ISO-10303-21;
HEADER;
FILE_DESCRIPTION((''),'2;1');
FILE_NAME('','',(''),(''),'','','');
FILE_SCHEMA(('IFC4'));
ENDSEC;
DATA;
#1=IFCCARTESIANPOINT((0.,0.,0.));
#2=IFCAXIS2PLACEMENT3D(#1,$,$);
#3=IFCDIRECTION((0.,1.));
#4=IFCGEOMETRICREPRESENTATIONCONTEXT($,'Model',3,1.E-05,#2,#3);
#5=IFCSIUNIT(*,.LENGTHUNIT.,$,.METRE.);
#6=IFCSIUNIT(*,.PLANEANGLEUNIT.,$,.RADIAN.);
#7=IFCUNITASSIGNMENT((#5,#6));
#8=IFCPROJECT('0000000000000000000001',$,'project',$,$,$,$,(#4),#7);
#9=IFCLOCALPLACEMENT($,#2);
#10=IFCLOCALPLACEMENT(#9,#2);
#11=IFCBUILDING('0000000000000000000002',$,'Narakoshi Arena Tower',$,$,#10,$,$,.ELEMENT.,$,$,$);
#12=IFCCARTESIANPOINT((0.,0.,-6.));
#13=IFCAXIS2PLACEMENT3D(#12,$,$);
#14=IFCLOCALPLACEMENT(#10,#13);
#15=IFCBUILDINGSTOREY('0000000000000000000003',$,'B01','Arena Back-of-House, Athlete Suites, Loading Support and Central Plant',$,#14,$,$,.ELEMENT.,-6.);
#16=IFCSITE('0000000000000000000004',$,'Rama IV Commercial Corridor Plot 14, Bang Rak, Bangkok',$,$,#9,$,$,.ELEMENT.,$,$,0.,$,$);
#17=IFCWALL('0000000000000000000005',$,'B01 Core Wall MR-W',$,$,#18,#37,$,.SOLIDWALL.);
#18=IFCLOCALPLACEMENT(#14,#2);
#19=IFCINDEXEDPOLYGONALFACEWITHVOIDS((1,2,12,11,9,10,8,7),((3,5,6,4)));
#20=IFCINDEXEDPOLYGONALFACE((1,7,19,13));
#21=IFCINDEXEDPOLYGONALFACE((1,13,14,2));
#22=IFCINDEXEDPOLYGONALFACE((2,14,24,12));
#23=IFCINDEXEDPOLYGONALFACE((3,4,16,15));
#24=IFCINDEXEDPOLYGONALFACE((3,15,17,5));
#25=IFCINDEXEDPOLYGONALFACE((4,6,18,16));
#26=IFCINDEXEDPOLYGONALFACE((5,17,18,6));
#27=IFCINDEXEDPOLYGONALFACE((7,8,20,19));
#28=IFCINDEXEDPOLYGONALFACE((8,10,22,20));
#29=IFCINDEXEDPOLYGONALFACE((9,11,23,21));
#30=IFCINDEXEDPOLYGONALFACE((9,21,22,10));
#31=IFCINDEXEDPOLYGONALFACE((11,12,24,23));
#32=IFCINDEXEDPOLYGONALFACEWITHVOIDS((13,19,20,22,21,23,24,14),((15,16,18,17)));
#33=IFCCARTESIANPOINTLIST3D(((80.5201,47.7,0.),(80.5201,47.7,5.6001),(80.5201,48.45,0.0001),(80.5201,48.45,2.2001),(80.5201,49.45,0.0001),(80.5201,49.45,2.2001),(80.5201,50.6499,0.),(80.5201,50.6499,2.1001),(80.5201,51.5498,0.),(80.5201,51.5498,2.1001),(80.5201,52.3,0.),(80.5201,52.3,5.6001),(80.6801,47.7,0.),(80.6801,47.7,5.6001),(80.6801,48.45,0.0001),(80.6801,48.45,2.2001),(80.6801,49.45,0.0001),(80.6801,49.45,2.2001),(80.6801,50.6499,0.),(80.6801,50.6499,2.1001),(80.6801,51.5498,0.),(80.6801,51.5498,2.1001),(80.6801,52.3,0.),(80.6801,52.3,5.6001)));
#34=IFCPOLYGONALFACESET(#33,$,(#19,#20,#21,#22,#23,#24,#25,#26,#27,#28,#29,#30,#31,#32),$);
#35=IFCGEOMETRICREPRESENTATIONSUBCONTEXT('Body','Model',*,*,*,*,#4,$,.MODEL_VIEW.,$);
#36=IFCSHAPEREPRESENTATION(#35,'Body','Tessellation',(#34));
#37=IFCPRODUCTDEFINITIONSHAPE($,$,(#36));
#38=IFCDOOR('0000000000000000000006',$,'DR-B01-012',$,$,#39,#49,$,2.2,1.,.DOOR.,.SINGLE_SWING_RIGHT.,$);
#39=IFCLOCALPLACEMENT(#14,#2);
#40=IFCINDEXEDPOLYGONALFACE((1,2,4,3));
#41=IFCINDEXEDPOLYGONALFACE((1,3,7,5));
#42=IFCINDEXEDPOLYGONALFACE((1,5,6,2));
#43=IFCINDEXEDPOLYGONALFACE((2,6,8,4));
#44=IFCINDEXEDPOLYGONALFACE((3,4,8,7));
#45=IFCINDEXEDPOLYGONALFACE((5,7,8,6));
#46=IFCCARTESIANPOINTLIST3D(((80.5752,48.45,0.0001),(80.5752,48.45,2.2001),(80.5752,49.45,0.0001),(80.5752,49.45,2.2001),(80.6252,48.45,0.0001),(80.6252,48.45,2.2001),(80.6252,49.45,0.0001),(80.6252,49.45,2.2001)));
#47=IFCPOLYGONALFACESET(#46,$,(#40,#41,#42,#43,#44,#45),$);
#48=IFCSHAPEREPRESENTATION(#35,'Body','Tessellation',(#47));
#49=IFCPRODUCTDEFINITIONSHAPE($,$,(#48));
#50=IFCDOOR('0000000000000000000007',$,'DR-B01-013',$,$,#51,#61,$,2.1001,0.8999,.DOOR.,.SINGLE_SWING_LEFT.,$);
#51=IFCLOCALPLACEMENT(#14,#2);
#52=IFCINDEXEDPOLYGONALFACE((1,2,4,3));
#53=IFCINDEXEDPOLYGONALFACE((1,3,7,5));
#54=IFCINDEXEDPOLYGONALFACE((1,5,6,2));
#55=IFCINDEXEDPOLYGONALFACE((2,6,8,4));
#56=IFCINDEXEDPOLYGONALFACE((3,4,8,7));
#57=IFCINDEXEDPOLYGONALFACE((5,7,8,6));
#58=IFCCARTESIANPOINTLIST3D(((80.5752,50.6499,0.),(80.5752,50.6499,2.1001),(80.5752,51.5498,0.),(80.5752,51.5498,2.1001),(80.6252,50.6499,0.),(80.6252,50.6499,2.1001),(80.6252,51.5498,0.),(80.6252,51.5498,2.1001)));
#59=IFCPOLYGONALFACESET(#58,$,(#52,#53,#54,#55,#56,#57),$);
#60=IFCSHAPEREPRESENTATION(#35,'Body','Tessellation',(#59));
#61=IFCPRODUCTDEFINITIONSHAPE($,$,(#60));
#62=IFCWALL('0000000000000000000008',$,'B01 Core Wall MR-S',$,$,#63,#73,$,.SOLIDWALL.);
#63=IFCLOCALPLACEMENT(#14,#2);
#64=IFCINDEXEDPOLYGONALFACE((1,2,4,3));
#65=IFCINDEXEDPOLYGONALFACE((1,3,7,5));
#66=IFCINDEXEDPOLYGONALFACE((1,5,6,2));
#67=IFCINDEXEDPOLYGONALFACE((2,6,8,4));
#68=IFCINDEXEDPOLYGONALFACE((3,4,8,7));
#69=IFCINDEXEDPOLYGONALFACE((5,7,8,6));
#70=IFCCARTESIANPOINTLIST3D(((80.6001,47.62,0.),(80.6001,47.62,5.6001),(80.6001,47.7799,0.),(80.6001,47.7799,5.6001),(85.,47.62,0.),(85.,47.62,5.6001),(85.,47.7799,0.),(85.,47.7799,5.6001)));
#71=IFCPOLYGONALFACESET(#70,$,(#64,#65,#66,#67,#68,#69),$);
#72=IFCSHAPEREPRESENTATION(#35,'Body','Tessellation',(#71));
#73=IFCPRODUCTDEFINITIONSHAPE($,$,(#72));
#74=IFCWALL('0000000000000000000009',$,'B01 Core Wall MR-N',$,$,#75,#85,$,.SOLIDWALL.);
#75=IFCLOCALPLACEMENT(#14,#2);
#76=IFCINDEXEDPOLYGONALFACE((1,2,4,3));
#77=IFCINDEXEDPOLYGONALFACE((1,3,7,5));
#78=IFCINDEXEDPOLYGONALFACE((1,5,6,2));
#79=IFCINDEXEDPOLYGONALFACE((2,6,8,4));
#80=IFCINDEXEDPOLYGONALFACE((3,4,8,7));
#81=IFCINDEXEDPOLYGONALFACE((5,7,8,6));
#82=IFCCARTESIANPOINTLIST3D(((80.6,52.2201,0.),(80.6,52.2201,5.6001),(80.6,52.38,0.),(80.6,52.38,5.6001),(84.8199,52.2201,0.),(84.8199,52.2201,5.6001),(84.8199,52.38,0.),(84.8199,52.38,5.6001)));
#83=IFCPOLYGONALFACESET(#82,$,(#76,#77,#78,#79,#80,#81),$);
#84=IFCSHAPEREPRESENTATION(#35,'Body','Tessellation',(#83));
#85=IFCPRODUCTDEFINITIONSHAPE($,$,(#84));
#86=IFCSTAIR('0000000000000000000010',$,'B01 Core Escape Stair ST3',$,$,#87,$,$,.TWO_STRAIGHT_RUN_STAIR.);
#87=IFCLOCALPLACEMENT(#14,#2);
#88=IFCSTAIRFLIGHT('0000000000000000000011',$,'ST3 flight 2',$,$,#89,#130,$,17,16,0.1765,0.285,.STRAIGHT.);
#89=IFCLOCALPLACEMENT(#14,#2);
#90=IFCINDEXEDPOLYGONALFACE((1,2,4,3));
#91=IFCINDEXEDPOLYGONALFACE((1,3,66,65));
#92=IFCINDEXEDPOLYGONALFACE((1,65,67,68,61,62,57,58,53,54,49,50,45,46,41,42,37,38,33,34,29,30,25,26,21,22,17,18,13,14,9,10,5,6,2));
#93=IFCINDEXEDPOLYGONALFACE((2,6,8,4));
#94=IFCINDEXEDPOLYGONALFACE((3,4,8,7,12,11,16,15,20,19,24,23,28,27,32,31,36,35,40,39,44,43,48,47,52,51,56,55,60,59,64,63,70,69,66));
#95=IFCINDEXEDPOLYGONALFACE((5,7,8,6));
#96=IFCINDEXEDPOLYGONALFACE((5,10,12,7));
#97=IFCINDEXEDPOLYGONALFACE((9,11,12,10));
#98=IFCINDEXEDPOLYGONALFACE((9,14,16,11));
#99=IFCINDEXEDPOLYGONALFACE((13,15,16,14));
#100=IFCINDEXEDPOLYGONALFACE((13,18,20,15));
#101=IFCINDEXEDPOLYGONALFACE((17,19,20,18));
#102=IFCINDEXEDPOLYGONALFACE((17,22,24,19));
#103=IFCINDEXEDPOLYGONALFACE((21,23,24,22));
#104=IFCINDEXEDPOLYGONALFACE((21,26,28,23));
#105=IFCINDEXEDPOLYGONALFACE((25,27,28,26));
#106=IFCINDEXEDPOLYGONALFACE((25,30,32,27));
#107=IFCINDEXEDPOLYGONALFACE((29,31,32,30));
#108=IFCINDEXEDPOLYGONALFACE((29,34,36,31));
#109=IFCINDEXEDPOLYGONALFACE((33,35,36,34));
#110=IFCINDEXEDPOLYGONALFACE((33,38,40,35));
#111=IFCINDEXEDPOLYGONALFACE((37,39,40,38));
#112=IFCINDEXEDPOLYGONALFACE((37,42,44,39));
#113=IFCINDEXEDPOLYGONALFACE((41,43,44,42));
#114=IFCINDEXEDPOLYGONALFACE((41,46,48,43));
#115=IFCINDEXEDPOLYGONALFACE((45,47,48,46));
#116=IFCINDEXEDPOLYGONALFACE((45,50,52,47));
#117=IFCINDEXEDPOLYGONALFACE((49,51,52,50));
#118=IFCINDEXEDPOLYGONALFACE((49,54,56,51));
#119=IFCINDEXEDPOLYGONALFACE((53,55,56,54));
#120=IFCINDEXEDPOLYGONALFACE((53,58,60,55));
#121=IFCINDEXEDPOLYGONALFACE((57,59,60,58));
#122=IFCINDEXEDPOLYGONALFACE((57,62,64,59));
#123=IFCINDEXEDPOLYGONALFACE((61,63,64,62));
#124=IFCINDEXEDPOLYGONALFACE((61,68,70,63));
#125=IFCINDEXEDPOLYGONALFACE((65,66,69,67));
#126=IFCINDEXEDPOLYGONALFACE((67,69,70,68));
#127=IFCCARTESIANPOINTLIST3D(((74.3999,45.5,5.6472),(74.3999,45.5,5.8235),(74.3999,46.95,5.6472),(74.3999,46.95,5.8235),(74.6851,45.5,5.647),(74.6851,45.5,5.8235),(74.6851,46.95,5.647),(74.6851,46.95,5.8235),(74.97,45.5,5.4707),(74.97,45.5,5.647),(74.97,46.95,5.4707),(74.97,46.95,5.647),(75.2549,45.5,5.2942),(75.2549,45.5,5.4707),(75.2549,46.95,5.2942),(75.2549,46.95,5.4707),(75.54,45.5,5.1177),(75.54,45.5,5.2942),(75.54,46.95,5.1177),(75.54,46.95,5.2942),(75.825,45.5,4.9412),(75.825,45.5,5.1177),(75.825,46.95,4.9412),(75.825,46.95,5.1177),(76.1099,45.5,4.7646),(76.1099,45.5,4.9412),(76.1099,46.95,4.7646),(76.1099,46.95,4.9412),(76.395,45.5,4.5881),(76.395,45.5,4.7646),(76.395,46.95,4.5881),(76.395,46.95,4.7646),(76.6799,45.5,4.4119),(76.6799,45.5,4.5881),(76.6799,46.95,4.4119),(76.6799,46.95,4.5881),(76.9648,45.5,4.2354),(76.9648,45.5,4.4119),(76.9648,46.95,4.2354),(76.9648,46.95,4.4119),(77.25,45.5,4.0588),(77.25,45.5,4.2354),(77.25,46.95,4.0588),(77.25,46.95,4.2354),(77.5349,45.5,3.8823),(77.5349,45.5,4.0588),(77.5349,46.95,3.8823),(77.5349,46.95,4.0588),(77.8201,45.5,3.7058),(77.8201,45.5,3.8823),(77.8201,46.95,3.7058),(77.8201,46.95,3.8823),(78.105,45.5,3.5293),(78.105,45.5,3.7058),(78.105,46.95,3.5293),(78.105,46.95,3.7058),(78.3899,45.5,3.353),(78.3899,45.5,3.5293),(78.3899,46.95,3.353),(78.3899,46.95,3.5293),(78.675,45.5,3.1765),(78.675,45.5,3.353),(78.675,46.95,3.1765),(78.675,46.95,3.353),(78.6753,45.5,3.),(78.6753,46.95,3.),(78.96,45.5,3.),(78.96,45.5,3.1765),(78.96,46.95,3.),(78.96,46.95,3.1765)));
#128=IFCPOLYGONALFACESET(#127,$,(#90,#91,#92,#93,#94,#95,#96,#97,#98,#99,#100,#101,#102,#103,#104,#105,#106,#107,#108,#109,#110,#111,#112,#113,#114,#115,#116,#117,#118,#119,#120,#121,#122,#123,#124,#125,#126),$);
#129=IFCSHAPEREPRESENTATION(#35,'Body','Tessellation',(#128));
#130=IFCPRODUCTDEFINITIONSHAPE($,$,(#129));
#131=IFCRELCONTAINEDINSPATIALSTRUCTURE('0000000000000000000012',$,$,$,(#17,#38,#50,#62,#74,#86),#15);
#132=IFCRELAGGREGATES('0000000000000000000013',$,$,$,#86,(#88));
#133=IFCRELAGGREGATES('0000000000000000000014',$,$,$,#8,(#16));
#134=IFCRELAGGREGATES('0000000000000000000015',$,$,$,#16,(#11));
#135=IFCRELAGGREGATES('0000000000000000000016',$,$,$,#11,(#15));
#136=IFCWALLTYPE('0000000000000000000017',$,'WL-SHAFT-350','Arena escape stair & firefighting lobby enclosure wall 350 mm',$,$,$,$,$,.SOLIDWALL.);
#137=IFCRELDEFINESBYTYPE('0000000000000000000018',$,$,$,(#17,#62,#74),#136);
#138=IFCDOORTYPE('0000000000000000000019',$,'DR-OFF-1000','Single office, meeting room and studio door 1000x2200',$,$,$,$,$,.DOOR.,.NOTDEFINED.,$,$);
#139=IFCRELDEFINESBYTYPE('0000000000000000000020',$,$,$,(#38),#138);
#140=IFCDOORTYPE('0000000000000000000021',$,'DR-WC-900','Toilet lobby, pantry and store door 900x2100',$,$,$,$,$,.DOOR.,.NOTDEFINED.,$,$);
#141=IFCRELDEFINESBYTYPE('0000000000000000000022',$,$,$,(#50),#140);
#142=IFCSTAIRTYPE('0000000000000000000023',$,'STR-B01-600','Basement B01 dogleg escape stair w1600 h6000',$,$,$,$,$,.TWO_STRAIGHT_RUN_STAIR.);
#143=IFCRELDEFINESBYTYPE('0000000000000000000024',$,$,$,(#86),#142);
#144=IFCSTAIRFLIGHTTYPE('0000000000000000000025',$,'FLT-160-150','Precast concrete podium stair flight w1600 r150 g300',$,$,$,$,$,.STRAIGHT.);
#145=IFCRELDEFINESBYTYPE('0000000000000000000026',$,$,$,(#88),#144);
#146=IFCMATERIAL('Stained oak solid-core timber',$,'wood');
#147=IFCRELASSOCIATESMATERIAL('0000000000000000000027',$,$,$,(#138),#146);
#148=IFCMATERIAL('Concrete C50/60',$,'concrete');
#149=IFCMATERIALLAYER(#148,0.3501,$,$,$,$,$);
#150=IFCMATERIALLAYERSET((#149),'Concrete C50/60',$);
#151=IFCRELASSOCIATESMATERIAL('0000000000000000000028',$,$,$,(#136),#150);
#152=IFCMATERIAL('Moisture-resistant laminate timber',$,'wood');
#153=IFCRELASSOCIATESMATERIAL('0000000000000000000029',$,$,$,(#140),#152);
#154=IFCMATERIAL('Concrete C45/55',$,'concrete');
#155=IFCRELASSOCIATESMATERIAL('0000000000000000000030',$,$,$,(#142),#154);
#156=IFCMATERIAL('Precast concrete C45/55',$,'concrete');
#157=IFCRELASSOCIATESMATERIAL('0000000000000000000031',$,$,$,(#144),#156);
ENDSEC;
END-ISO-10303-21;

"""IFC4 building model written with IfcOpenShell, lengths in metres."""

from ifc_helpers import new_model, si_unit, direction, frame, frame_2d, origin, place, context, subcontext, project, spatial, polyline, rectangle, outline, extrude, material, layer, layer_set, type_object, element, fill, aggregate, save


model = new_model("IFC4")

# Units and contexts
model_context = context("Model", 3, precision=1e-05, world=origin(), true_north=direction((0.0, 1.0)))
body_context = subcontext(model_context, "Body", "Model", "MODEL_VIEW")
ifc_project = project(units=[si_unit("LENGTHUNIT", "METRE"), si_unit("PLANEANGLEUNIT", "RADIAN")], contexts=[model_context])

# Site, building, storey
site_placement = place(None, origin())
site = spatial("IfcSite", under=ifc_project, at=site_placement, Name="Rama IV Commercial Corridor Plot 14, Bang Rak, Bangkok", CompositionType="ELEMENT", RefElevation=0.0)
building_placement = place(site_placement, origin())
building = spatial("IfcBuilding", under=site, at=building_placement, Name="Narakoshi Arena Tower", CompositionType="ELEMENT")
storey_placement = place(building_placement, frame((0.0, 0.0, -6.0)))
storey = spatial("IfcBuildingStorey", under=building, at=storey_placement, Name="B01", Description="Arena Back-of-House, Athlete Suites, Loading Support and Central Plant", CompositionType="ELEMENT", Elevation=-6.0)

# Shared definitions
ifc_material_1 = material(Name="Concrete C45/55", Category="concrete")

# Shared definitions
ifc_material_2 = material(Name="Stained oak solid-core timber", Category="wood")
door_type_1 = type_object("IfcDoorType", Name="DR-OFF-1000", Description="Single office, meeting room and studio door 1000x2200", OperationType="NOTDEFINED", PredefinedType="DOOR", material=ifc_material_2)

# Shared definitions
ifc_material_3 = material(Name="Concrete C50/60", Category="concrete")
ifc_layer_1 = layer(ifc_material_3, 0.3501)
ifc_layer_set_1 = layer_set([ifc_layer_1], Name="Concrete C50/60")
wall_type_1 = type_object("IfcWallType", Name="WL-SHAFT-350", Description="Arena escape stair & firefighting lobby enclosure wall 350 mm", PredefinedType="SOLIDWALL", material=ifc_layer_set_1)

# Wall, openings, doors
ifc_material_4 = material(Name="Moisture-resistant laminate timber", Category="wood")
door_type_2 = type_object("IfcDoorType", Name="DR-WC-900", Description="Toilet lobby, pantry and store door 900x2100", OperationType="NOTDEFINED", PredefinedType="DOOR", material=ifc_material_4)
wall_1_placement = place(storey_placement, frame((80.6001, 47.7, 0.0), z_axis=(0.0, 0.0, 1.0), x_axis=(0.0, 1.0, 0.0)))
wall_1 = element("IfcWall", 1, at=wall_1_placement, inside=storey, type_object=wall_type_1, Name="B01 Core Wall MR-W", PredefinedType="SOLIDWALL", context=body_context, shape_type="SweptSolid", body=[
    extrude(rectangle(XDim=4.6001, YDim=0.1599, at=frame_2d((2.3, 0.0))), origin(), (0.0, 0.0, 1.0), 5.6001),
])
opening_1_placement = place(wall_1_placement, frame((0.75, 0.0, 0.0)))
opening_1 = element("IfcOpeningElement", 2, at=opening_1_placement, cuts=wall_1, PredefinedType="OPENING", context=body_context, shape_type="SweptSolid", body=[
    extrude(rectangle(XDim=1.0, YDim=2.2, at=frame_2d((0.5, 1.1001))), frame((0.0, 0.0898, 0.0), z_axis=(0.0, -1.0, 0.0), x_axis=(1.0, 0.0, 0.0)), (0.0, 0.0, 1.0), 0.1799),
])
opening_2_placement = place(wall_1_placement, frame((2.95, 0.0, 0.0)))
opening_2 = element("IfcOpeningElement", 3, at=opening_2_placement, cuts=wall_1, PredefinedType="OPENING", context=body_context, shape_type="SweptSolid", body=[
    extrude(rectangle(XDim=0.8999, YDim=2.1001, at=frame_2d((0.45, 1.05))), frame((0.0, 0.0898, 0.0), z_axis=(0.0, -1.0, 0.0), x_axis=(1.0, 0.0, 0.0)), (0.0, 0.0, 1.0), 0.1799),
])
door_1_placement = place(opening_1_placement, origin())
door_1 = element("IfcDoor", 4, at=door_1_placement, inside=storey, type_object=door_type_1, Name="DR-B01-012", OperationType="SINGLE_SWING_RIGHT", OverallHeight=2.2, OverallWidth=1.0, PredefinedType="DOOR", context=body_context, shape_type="SweptSolid", body=[
    extrude(rectangle(XDim=1.0, YDim=2.2, at=frame_2d((0.5, 1.1001))), frame((0.0, 0.0249, 0.0), z_axis=(0.0, -1.0, 0.0), x_axis=(1.0, 0.0, 0.0)), (0.0, 0.0, 1.0), 0.05),
])
fill(opening_1, door_1)
door_2_placement = place(opening_2_placement, origin())
door_2 = element("IfcDoor", 5, at=door_2_placement, inside=storey, type_object=door_type_2, Name="DR-B01-013", OperationType="SINGLE_SWING_LEFT", OverallHeight=2.1001, OverallWidth=0.8999, PredefinedType="DOOR", context=body_context, shape_type="SweptSolid", body=[
    extrude(rectangle(XDim=0.8999, YDim=2.1001, at=frame_2d((0.45, 1.05))), frame((0.0, 0.0249, 0.0), z_axis=(0.0, -1.0, 0.0), x_axis=(1.0, 0.0, 0.0)), (0.0, 0.0, 1.0), 0.05),
])
fill(opening_2, door_2)

# Walls
wall_2_placement = place(storey_placement, frame((80.6001, 47.7, 0.0), z_axis=(0.0, 0.0, 1.0), x_axis=(1.0, 0.0, 0.0)))
element("IfcWall", 6, at=wall_2_placement, inside=storey, type_object=wall_type_1, Name="B01 Core Wall MR-S", PredefinedType="SOLIDWALL", context=body_context, shape_type="SweptSolid", body=[
    extrude(rectangle(XDim=4.3999, YDim=0.1599, at=frame_2d((2.2, 0.0))), origin(), (0.0, 0.0, 1.0), 5.6001),
])
wall_3_placement = place(storey_placement, frame((80.6001, 52.3, 0.0), z_axis=(0.0, 0.0, 1.0), x_axis=(1.0, 0.0, 0.0)))
element("IfcWall", 7, at=wall_3_placement, inside=storey, type_object=wall_type_1, Name="B01 Core Wall MR-N", PredefinedType="SOLIDWALL", context=body_context, shape_type="SweptSolid", body=[
    extrude(rectangle(XDim=4.22, YDim=0.1599, at=frame_2d((2.1099, 0.0))), origin(), (0.0, 0.0, 1.0), 5.6001),
])

# Stair, stair flight
stair_type = type_object("IfcStairType", Name="STR-B01-600", Description="Basement B01 dogleg escape stair w1600 h6000", PredefinedType="TWO_STRAIGHT_RUN_STAIR", material=ifc_material_1)
stair_placement = place(storey_placement, origin())
stair = element("IfcStair", 8, at=stair_placement, inside=storey, type_object=stair_type, Name="B01 Core Escape Stair ST3", PredefinedType="TWO_STRAIGHT_RUN_STAIR")
ifc_material_5 = material(Name="Precast concrete C45/55", Category="concrete")
stair_flight_type = type_object("IfcStairFlightType", Name="FLT-160-150", Description="Precast concrete podium stair flight w1600 r150 g300", PredefinedType="STRAIGHT", material=ifc_material_5)
stair_flight_placement = place(storey_placement, frame((78.96, 46.2251, 3.0), z_axis=(0.0, 0.0, 1.0), x_axis=(-1.0, 0.0, 0.0)))
stair_flight = element("IfcStairFlight", 9, at=stair_flight_placement, type_object=stair_flight_type, Name="ST3 flight 2", NumberOfRisers=17, NumberOfTreads=16, PredefinedType="STRAIGHT", RiserHeight=0.1765, TreadLength=0.285, context=body_context, shape_type="SweptSolid", body=[
    extrude(outline(polyline([(0.0, 0.0), (0.0, 0.1765), (0.2849, 0.1765), (0.2849, 0.353), (0.5701, 0.353), (0.5701, 0.5293), (0.855, 0.5293), (0.855, 0.7058), (1.1399, 0.7058), (1.1399, 0.8823), (1.425, 0.8823), (1.425, 1.0588), (1.71, 1.0588), (1.71, 1.2354), (1.9951, 1.2354), (1.9951, 1.4119), (2.28, 1.4119), (2.28, 1.5881), (2.5649, 1.5881), (2.5649, 1.7646), (2.8501, 1.7646), (2.8501, 1.9412), (3.135, 1.9412), (3.135, 2.1177), (3.4199, 2.1177), (3.4199, 2.2942), (3.7051, 2.2942), (3.7051, 2.4707), (3.99, 2.4707), (3.99, 2.647), (4.2749, 2.647), (4.2749, 2.8235), (4.5601, 2.8235), (4.5601, 3.0), (4.5601, 2.6472), (0.2847, 0.0), (0.0, 0.0)])), frame((0.0, 0.7251, 0.0), z_axis=(0.0, -1.0, 0.0), x_axis=(1.0, 0.0, 0.0)), (0.0, 0.0, 1.0), 1.45),
])
aggregate(stair, [stair_flight])

save(model, "model.ifc")
